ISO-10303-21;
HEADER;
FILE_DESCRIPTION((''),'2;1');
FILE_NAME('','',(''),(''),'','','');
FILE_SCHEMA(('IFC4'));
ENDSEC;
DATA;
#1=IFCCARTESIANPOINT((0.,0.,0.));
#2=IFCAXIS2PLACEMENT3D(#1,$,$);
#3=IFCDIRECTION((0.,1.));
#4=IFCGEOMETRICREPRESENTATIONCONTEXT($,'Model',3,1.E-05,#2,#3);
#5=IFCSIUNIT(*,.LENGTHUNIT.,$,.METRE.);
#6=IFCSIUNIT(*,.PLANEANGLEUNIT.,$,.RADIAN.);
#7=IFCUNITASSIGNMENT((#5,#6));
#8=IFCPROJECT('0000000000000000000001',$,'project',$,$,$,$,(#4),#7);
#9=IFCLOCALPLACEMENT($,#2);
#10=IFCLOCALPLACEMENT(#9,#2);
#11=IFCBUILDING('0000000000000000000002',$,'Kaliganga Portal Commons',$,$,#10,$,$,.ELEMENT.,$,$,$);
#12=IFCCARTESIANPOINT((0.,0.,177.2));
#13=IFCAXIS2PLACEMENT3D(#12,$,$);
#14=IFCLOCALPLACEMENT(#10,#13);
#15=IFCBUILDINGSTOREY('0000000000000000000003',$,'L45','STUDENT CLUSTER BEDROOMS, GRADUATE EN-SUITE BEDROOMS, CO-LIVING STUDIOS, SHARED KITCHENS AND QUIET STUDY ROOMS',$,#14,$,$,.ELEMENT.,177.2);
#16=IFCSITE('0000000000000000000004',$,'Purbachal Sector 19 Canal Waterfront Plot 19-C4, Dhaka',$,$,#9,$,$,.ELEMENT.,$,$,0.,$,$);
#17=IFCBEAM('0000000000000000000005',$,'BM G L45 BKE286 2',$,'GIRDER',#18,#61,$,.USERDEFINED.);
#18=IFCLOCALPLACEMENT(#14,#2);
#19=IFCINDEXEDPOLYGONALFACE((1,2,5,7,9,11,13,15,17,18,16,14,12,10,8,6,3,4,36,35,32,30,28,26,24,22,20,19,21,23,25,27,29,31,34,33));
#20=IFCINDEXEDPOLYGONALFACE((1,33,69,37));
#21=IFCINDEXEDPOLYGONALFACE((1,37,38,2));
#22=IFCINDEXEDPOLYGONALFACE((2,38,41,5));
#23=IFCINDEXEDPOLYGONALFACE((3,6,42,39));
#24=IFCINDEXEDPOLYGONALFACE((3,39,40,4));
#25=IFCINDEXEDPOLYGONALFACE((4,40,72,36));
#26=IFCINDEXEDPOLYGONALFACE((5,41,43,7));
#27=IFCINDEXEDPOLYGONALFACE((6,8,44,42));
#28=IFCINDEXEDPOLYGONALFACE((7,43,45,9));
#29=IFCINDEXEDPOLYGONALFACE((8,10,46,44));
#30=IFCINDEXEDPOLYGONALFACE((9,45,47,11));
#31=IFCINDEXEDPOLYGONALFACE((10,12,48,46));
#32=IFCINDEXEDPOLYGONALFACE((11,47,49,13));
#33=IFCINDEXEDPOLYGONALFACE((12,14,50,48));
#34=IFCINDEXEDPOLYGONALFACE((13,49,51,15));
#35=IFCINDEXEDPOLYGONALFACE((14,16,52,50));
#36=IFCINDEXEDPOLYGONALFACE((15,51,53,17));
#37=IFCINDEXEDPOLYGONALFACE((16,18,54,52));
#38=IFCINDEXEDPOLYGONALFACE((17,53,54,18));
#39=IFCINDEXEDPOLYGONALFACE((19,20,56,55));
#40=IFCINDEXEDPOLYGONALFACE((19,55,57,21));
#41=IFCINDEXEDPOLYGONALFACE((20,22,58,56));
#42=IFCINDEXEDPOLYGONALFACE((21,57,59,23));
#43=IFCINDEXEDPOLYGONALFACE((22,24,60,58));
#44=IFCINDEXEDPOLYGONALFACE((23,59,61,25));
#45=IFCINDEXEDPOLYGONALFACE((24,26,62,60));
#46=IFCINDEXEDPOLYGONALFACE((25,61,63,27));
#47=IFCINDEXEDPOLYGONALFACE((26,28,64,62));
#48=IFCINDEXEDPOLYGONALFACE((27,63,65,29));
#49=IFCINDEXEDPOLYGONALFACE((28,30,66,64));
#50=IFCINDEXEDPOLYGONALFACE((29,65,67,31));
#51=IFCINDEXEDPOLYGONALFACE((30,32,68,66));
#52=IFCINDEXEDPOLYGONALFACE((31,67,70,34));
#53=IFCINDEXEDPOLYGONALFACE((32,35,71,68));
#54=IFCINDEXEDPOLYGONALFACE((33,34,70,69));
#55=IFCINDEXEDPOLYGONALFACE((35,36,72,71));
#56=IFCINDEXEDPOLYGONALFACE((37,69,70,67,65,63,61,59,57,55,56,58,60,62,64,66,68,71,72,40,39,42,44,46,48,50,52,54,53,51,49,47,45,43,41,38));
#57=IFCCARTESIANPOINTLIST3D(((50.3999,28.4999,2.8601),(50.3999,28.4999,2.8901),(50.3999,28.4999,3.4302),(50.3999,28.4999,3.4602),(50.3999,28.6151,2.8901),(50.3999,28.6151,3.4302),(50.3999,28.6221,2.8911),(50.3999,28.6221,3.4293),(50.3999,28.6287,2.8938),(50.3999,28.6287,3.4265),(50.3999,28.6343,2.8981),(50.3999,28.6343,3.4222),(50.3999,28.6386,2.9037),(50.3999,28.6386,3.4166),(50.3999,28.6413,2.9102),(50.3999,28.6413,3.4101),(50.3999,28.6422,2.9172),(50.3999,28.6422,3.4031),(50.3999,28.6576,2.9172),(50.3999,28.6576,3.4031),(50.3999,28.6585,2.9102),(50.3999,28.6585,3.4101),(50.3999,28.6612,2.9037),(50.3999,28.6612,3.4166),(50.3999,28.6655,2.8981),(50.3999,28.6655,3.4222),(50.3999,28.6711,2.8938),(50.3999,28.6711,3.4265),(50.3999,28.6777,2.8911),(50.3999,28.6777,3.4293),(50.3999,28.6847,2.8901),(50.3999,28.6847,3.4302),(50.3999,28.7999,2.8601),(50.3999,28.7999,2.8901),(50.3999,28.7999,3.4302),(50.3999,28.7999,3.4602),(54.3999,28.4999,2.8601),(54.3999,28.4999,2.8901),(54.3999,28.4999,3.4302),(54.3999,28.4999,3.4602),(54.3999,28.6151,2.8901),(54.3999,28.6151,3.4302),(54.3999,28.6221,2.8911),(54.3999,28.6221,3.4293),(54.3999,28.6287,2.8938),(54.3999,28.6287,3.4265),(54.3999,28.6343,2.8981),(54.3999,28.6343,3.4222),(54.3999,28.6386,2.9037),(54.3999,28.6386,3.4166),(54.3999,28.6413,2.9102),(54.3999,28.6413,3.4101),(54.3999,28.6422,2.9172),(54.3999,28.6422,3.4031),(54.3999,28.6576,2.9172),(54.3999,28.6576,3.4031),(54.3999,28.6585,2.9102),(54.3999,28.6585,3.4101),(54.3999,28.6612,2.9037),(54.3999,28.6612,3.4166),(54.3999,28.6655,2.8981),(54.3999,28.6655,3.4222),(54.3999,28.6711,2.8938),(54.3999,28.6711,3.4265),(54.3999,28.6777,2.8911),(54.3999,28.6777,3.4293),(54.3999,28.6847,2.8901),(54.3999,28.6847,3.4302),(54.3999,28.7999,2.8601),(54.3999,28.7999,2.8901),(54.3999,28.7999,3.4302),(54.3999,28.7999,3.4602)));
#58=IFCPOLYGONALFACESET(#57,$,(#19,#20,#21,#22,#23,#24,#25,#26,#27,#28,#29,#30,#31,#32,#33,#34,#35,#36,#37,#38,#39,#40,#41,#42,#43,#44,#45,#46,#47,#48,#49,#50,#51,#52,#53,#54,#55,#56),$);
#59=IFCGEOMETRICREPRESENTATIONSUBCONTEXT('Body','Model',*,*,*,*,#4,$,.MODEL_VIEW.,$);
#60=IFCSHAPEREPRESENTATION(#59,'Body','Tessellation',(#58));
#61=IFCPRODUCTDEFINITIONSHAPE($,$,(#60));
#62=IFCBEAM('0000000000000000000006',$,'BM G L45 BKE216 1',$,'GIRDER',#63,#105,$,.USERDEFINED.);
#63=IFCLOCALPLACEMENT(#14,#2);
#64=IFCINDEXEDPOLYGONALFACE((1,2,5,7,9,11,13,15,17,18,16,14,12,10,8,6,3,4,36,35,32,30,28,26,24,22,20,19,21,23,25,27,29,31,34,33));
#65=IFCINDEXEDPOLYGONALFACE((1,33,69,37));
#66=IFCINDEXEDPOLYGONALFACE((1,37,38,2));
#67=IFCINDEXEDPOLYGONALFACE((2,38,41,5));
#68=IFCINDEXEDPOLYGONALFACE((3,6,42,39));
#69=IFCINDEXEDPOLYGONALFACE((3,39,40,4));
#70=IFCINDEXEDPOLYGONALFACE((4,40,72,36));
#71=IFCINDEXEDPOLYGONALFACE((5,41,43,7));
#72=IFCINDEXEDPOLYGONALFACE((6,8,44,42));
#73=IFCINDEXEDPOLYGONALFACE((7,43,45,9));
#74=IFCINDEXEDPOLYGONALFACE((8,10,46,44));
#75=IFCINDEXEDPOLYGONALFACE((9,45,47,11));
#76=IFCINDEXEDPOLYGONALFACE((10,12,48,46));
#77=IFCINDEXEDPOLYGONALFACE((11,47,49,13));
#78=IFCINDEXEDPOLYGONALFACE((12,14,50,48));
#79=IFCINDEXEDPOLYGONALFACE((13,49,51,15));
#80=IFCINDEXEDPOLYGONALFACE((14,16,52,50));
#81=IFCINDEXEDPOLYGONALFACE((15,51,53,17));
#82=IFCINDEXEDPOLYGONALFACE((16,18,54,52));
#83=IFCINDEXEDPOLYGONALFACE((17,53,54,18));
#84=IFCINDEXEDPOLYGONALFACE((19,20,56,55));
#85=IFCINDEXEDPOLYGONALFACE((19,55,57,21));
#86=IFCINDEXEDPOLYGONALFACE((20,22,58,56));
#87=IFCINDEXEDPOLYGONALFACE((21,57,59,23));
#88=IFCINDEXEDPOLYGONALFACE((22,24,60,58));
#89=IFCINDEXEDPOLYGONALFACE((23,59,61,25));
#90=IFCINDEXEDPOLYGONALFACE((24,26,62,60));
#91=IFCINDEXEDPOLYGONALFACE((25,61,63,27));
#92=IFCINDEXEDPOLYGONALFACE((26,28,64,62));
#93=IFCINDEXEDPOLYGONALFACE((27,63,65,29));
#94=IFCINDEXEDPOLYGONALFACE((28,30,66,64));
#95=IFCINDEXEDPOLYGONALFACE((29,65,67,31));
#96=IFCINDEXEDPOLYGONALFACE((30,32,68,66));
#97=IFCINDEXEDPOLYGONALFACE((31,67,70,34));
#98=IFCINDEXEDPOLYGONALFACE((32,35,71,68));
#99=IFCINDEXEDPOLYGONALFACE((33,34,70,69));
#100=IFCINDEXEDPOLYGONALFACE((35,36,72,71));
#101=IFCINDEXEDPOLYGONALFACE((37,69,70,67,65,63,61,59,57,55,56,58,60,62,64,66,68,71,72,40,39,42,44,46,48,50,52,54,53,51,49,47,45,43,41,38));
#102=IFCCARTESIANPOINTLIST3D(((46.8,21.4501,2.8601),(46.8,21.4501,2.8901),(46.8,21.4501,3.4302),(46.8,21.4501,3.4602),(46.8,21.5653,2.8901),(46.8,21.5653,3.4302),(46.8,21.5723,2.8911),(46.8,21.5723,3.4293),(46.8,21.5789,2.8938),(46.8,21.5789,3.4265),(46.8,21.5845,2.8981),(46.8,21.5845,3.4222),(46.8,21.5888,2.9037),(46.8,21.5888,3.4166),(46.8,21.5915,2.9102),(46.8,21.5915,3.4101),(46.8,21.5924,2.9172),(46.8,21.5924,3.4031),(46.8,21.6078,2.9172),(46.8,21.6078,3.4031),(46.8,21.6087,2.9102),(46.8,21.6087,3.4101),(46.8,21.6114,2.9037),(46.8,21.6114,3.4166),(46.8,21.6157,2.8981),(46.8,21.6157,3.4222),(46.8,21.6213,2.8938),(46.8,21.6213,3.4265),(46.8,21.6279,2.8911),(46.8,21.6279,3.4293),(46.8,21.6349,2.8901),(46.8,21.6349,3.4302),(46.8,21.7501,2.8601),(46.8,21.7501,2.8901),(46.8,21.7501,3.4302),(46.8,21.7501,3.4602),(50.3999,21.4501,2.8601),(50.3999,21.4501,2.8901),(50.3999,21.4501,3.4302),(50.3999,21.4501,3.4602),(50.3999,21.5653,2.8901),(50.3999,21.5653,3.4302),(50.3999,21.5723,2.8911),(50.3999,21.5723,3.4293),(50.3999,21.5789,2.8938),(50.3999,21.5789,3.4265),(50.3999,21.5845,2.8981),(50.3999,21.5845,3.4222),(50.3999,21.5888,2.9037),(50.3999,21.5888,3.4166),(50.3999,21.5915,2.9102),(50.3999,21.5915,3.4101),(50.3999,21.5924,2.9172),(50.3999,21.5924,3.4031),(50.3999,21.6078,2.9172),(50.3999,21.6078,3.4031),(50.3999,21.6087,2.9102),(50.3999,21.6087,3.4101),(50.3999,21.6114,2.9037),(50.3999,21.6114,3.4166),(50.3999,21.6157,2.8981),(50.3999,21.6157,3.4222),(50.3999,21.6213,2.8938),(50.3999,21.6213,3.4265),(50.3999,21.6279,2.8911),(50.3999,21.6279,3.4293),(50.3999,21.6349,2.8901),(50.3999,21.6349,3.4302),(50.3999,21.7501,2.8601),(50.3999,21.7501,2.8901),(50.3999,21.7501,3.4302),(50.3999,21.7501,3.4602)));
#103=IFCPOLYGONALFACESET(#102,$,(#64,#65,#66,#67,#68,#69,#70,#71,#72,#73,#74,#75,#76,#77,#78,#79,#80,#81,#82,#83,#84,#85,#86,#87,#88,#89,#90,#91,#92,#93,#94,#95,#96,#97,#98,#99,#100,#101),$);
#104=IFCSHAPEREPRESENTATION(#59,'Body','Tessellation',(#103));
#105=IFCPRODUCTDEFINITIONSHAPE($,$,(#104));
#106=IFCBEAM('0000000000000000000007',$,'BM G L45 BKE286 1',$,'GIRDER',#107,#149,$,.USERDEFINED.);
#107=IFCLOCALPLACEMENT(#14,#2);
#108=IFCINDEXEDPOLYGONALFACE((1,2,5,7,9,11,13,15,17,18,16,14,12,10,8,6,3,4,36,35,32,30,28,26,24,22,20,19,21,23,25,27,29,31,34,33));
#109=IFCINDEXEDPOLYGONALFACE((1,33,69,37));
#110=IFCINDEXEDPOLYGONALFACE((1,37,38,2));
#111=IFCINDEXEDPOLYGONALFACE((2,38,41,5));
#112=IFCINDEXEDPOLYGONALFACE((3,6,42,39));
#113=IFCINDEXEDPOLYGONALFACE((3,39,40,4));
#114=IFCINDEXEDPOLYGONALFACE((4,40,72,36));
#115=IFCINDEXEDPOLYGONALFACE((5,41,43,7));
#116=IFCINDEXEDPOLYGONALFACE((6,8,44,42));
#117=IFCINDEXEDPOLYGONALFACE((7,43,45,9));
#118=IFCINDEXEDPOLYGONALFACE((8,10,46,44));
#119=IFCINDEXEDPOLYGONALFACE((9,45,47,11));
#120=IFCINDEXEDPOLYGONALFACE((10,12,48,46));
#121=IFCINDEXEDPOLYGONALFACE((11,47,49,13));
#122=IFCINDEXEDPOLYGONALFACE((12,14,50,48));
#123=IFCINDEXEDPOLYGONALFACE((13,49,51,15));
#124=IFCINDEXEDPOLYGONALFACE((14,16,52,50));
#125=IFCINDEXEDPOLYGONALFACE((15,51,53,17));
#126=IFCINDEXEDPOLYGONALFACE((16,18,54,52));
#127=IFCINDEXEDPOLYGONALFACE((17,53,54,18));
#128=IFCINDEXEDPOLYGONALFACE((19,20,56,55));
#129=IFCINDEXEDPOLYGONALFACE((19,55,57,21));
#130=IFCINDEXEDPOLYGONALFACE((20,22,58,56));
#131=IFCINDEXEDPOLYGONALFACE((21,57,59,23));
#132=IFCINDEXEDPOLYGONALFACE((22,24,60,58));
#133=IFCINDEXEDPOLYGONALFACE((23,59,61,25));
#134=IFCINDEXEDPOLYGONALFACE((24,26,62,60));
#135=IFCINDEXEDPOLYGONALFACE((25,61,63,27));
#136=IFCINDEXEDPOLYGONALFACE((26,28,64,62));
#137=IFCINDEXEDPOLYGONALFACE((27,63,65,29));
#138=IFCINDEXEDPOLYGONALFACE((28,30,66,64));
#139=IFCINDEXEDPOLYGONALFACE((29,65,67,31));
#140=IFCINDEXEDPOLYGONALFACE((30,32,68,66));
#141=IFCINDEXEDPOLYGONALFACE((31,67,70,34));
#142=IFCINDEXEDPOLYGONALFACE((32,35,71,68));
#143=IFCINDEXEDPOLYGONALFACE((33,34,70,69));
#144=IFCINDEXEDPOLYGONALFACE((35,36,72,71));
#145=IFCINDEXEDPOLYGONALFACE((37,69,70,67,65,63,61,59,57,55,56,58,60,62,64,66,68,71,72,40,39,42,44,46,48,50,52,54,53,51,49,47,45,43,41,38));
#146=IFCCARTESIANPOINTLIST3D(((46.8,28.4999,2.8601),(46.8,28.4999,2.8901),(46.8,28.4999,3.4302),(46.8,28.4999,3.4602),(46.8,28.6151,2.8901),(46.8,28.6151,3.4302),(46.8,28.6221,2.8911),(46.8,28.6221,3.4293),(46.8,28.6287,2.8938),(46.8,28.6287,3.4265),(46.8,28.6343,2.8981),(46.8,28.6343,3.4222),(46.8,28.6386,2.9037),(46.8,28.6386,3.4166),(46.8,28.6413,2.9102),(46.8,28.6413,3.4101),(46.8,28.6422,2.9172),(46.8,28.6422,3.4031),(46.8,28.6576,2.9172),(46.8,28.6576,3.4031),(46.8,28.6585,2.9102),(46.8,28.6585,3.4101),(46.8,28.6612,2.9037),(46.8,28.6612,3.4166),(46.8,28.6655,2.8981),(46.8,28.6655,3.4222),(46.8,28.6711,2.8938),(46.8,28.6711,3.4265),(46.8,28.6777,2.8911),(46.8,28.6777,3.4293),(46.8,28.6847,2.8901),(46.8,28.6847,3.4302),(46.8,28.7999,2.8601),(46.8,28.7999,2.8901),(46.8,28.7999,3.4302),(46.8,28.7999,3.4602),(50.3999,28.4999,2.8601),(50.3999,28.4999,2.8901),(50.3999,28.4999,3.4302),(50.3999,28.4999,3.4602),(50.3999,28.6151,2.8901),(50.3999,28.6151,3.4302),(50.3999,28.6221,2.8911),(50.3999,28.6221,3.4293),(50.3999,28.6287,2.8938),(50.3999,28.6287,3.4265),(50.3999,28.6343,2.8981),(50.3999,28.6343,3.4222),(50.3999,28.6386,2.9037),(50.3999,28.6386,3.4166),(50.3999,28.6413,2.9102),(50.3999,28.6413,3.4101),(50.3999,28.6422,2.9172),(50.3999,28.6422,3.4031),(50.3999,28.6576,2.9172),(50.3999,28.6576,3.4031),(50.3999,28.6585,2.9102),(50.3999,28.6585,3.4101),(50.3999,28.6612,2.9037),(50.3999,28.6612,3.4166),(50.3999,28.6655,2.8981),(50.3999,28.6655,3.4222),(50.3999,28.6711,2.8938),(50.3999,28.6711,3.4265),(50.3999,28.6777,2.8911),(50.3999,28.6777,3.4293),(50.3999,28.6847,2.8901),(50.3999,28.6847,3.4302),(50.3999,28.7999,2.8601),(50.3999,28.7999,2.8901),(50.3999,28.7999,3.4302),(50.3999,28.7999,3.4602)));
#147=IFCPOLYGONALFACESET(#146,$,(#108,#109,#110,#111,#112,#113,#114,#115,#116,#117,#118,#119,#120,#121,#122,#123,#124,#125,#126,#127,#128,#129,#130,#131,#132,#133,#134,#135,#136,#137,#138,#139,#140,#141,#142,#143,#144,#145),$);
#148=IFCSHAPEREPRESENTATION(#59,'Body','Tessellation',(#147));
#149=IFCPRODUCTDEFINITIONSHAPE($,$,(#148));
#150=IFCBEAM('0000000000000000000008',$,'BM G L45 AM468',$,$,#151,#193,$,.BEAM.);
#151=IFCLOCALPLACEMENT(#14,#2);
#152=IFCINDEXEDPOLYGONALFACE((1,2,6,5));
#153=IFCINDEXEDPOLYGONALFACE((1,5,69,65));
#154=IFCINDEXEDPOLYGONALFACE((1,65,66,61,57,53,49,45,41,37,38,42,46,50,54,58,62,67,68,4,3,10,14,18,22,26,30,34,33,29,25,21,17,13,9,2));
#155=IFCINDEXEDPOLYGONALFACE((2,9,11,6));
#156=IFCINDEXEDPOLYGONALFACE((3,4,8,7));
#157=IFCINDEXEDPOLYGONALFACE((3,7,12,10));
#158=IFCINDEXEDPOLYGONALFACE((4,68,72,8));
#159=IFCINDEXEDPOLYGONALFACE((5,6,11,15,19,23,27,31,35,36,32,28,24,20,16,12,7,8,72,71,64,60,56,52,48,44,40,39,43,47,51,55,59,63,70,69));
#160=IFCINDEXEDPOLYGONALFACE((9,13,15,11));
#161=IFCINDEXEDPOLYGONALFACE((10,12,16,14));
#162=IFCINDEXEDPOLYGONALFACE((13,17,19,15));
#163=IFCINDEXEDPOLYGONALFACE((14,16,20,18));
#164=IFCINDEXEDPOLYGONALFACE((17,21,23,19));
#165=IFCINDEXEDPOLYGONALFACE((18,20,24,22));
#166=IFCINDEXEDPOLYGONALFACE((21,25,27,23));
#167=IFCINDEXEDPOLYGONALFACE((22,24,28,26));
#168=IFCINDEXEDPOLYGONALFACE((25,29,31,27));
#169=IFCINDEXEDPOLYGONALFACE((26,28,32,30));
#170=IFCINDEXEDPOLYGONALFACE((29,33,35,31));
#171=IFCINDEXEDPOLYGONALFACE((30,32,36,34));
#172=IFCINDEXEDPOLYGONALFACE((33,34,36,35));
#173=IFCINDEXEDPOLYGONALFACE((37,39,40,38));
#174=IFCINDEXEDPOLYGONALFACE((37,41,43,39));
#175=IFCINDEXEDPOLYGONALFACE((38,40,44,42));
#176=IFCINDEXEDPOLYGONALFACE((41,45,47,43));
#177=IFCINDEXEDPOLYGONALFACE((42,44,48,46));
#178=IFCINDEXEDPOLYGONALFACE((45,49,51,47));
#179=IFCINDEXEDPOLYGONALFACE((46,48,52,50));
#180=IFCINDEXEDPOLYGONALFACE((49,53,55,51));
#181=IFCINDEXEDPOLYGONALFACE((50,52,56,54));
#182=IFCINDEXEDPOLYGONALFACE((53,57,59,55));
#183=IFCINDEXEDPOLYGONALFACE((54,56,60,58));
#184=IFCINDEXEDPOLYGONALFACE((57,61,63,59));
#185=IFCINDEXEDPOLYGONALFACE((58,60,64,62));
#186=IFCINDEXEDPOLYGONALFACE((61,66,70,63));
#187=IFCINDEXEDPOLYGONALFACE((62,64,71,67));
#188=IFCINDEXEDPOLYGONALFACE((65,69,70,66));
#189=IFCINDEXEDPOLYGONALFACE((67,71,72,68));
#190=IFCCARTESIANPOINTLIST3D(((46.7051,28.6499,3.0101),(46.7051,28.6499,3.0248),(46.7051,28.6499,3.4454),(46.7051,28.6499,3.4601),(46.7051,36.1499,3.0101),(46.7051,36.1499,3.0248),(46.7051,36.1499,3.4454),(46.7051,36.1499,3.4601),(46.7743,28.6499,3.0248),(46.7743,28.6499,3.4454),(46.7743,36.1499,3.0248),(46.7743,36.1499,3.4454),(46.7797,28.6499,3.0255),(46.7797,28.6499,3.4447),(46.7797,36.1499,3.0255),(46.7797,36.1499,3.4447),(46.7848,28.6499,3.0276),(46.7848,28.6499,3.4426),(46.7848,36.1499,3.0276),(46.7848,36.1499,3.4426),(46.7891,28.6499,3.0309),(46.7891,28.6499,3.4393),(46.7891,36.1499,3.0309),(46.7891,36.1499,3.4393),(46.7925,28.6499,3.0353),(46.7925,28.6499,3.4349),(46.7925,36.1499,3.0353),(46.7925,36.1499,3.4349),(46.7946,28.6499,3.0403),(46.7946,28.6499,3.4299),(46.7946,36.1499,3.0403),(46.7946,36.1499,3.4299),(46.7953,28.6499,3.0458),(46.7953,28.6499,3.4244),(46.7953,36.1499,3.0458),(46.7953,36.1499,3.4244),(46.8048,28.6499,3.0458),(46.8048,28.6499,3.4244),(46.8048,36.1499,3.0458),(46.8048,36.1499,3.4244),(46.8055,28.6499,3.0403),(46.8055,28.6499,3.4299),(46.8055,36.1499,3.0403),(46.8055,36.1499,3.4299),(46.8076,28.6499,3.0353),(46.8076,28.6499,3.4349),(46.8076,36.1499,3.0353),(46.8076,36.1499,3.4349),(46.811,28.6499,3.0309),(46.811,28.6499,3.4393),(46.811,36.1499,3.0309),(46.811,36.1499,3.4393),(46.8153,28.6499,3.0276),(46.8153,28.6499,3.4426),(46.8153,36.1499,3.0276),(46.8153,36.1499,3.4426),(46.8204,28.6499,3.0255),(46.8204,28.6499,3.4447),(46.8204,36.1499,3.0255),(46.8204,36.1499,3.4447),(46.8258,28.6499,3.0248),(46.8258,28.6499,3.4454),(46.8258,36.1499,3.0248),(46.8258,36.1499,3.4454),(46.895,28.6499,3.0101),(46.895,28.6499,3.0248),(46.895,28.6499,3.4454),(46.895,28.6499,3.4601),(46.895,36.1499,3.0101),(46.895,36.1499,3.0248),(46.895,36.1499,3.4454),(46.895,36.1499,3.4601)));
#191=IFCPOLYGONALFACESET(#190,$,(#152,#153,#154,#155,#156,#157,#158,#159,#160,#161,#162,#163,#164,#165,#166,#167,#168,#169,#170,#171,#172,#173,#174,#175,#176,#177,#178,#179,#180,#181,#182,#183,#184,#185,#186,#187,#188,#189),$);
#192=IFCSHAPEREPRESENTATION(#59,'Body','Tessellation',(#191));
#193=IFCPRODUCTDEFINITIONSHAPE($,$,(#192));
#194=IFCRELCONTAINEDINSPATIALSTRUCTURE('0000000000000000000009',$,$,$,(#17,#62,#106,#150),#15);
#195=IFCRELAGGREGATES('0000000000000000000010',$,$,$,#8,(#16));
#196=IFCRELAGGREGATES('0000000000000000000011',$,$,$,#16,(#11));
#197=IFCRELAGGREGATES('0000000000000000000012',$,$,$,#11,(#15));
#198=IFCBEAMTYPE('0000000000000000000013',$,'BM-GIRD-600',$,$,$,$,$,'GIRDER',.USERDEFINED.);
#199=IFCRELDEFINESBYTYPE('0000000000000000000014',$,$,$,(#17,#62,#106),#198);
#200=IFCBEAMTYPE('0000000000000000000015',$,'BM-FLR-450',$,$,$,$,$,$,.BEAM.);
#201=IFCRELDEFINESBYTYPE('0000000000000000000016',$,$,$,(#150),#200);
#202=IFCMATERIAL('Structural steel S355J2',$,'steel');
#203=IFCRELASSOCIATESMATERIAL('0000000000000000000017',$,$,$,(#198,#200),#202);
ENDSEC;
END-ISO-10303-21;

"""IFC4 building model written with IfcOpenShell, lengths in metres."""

from ifc_helpers import new_model, si_unit, direction, frame, origin, origin_2d, place, context, subcontext, project, spatial, i_section, extrude, source, transform, mapped, material, material_profile, profile_set, type_object, element, save


model = new_model("IFC4")

# Units and contexts
model_context = context("Model", 3, precision=1e-05, world=origin(), true_north=direction((0.0, 1.0)))
body_context = subcontext(model_context, "Body", "Model", "MODEL_VIEW")
ifc_project = project(units=[si_unit("LENGTHUNIT", "METRE"), si_unit("PLANEANGLEUNIT", "RADIAN")], contexts=[model_context])

# Site, building, storey
site_placement = place(None, origin())
site = spatial("IfcSite", under=ifc_project, at=site_placement, Name="Purbachal Sector 19 Canal Waterfront Plot 19-C4, Dhaka", CompositionType="ELEMENT", RefElevation=0.0)
building_placement = place(site_placement, origin())
building = spatial("IfcBuilding", under=site, at=building_placement, Name="Kaliganga Portal Commons", CompositionType="ELEMENT")
storey_placement = place(building_placement, frame((0.0, 0.0, 177.2)))
storey = spatial("IfcBuildingStorey", under=building, at=storey_placement, Name="L45", Description="STUDENT CLUSTER BEDROOMS, GRADUATE EN-SUITE BEDROOMS, CO-LIVING STUDIOS, SHARED KITCHENS AND QUIET STUDY ROOMS", CompositionType="ELEMENT", Elevation=177.2)

# Beams
ifc_material_1 = material(Name="Structural steel S355J2", Category="steel")
ifc_material_profile_1 = material_profile(ifc_material_1, i_section(OverallWidth=0.3, OverallDepth=0.6001, WebThickness=0.0154, FlangeThickness=0.03, FilletRadius=0.0271, at=origin_2d()), Name="HE 600 B")
ifc_profile_set_1 = profile_set([ifc_material_profile_1], Name="Structural steel S355J2 wide-flange")
beam_type_1 = type_object("IfcBeamType", Name="BM-GIRD-600", ElementType="GIRDER", PredefinedType="USERDEFINED", material=ifc_profile_set_1)
shared_shape_1 = source(origin(), body_context, "Body", "SweptSolid", [
    extrude(i_section(OverallWidth=0.3, OverallDepth=0.6001, WebThickness=0.0154, FlangeThickness=0.03, FilletRadius=0.0271, at=origin_2d()), origin(), (0.0, 0.0, 1.0), 4.0),
])
for number, where, z_axis, x_axis, name in (
    (1, (50.3999, 28.6499, 3.1602), (1.0, 0.0, 0.0), (0.0, 1.0, 0.0), "BM G L45 BKE286 2"),
):
    element("IfcBeam", number, at=place(storey_placement, frame(where, z_axis=z_axis, x_axis=x_axis)), inside=storey, type_object=beam_type_1, Name=name, ObjectType="GIRDER", PredefinedType="USERDEFINED", context=body_context, shape_type="MappedRepresentation", body=[
        mapped(shared_shape_1, transform((0.0, 0.0, 0.0), x_axis=(1.0, 0.0, 0.0), y_axis=(0.0, 1.0, 0.0), z_axis=(0.0, 0.0, 1.0), scale=1.0)),
    ])
shared_shape_2 = source(origin(), body_context, "Body", "SweptSolid", [
    extrude(i_section(OverallWidth=0.3, OverallDepth=0.6001, WebThickness=0.0154, FlangeThickness=0.03, FilletRadius=0.0271, at=origin_2d()), origin(), (0.0, 0.0, 1.0), 3.5999),
])
for number, where, z_axis, x_axis, name in (
    (2, (46.8, 21.6001, 3.1602), (1.0, 0.0, 0.0), (0.0, 1.0, 0.0), "BM G L45 BKE216 1"),
    (3, (46.8, 28.6499, 3.1602), (1.0, 0.0, 0.0), (0.0, 1.0, 0.0), "BM G L45 BKE286 1"),
):
    element("IfcBeam", number, at=place(storey_placement, frame(where, z_axis=z_axis, x_axis=x_axis)), inside=storey, type_object=beam_type_1, Name=name, ObjectType="GIRDER", PredefinedType="USERDEFINED", context=body_context, shape_type="MappedRepresentation", body=[
        mapped(shared_shape_2, transform((0.0, 0.0, 0.0), x_axis=(1.0, 0.0, 0.0), y_axis=(0.0, 1.0, 0.0), z_axis=(0.0, 0.0, 1.0), scale=1.0)),
    ])
ifc_material_profile_2 = material_profile(ifc_material_1, i_section(OverallWidth=0.1899, OverallDepth=0.45, WebThickness=0.0095, FlangeThickness=0.0146, FilletRadius=0.021, at=origin_2d()), Name="IPE 450")
ifc_profile_set_2 = profile_set([ifc_material_profile_2], Name="Structural steel S355J2 wide-flange")
beam_type_2 = type_object("IfcBeamType", Name="BM-FLR-450", PredefinedType="BEAM", material=ifc_profile_set_2)
shared_shape_3 = source(origin(), body_context, "Body", "SweptSolid", [
    extrude(i_section(OverallWidth=0.1899, OverallDepth=0.45, WebThickness=0.0095, FlangeThickness=0.0146, FilletRadius=0.021, at=origin_2d()), origin(), (0.0, 0.0, 1.0), 7.5),
])
beam_1_placement = place(storey_placement, frame((46.8, 28.6499, 3.2351), z_axis=(0.0, 1.0, 0.0), x_axis=(-1.0, 0.0, 0.0)))
element("IfcBeam", 4, at=beam_1_placement, inside=storey, type_object=beam_type_2, Name="BM G L45 AM468", PredefinedType="BEAM", context=body_context, shape_type="MappedRepresentation", body=[
    mapped(shared_shape_3, transform((0.0, 0.0, 0.0), x_axis=(1.0, 0.0, 0.0), y_axis=(0.0, 1.0, 0.0), z_axis=(0.0, 0.0, 1.0), scale=1.0)),
])

save(model, "model.ifc")
